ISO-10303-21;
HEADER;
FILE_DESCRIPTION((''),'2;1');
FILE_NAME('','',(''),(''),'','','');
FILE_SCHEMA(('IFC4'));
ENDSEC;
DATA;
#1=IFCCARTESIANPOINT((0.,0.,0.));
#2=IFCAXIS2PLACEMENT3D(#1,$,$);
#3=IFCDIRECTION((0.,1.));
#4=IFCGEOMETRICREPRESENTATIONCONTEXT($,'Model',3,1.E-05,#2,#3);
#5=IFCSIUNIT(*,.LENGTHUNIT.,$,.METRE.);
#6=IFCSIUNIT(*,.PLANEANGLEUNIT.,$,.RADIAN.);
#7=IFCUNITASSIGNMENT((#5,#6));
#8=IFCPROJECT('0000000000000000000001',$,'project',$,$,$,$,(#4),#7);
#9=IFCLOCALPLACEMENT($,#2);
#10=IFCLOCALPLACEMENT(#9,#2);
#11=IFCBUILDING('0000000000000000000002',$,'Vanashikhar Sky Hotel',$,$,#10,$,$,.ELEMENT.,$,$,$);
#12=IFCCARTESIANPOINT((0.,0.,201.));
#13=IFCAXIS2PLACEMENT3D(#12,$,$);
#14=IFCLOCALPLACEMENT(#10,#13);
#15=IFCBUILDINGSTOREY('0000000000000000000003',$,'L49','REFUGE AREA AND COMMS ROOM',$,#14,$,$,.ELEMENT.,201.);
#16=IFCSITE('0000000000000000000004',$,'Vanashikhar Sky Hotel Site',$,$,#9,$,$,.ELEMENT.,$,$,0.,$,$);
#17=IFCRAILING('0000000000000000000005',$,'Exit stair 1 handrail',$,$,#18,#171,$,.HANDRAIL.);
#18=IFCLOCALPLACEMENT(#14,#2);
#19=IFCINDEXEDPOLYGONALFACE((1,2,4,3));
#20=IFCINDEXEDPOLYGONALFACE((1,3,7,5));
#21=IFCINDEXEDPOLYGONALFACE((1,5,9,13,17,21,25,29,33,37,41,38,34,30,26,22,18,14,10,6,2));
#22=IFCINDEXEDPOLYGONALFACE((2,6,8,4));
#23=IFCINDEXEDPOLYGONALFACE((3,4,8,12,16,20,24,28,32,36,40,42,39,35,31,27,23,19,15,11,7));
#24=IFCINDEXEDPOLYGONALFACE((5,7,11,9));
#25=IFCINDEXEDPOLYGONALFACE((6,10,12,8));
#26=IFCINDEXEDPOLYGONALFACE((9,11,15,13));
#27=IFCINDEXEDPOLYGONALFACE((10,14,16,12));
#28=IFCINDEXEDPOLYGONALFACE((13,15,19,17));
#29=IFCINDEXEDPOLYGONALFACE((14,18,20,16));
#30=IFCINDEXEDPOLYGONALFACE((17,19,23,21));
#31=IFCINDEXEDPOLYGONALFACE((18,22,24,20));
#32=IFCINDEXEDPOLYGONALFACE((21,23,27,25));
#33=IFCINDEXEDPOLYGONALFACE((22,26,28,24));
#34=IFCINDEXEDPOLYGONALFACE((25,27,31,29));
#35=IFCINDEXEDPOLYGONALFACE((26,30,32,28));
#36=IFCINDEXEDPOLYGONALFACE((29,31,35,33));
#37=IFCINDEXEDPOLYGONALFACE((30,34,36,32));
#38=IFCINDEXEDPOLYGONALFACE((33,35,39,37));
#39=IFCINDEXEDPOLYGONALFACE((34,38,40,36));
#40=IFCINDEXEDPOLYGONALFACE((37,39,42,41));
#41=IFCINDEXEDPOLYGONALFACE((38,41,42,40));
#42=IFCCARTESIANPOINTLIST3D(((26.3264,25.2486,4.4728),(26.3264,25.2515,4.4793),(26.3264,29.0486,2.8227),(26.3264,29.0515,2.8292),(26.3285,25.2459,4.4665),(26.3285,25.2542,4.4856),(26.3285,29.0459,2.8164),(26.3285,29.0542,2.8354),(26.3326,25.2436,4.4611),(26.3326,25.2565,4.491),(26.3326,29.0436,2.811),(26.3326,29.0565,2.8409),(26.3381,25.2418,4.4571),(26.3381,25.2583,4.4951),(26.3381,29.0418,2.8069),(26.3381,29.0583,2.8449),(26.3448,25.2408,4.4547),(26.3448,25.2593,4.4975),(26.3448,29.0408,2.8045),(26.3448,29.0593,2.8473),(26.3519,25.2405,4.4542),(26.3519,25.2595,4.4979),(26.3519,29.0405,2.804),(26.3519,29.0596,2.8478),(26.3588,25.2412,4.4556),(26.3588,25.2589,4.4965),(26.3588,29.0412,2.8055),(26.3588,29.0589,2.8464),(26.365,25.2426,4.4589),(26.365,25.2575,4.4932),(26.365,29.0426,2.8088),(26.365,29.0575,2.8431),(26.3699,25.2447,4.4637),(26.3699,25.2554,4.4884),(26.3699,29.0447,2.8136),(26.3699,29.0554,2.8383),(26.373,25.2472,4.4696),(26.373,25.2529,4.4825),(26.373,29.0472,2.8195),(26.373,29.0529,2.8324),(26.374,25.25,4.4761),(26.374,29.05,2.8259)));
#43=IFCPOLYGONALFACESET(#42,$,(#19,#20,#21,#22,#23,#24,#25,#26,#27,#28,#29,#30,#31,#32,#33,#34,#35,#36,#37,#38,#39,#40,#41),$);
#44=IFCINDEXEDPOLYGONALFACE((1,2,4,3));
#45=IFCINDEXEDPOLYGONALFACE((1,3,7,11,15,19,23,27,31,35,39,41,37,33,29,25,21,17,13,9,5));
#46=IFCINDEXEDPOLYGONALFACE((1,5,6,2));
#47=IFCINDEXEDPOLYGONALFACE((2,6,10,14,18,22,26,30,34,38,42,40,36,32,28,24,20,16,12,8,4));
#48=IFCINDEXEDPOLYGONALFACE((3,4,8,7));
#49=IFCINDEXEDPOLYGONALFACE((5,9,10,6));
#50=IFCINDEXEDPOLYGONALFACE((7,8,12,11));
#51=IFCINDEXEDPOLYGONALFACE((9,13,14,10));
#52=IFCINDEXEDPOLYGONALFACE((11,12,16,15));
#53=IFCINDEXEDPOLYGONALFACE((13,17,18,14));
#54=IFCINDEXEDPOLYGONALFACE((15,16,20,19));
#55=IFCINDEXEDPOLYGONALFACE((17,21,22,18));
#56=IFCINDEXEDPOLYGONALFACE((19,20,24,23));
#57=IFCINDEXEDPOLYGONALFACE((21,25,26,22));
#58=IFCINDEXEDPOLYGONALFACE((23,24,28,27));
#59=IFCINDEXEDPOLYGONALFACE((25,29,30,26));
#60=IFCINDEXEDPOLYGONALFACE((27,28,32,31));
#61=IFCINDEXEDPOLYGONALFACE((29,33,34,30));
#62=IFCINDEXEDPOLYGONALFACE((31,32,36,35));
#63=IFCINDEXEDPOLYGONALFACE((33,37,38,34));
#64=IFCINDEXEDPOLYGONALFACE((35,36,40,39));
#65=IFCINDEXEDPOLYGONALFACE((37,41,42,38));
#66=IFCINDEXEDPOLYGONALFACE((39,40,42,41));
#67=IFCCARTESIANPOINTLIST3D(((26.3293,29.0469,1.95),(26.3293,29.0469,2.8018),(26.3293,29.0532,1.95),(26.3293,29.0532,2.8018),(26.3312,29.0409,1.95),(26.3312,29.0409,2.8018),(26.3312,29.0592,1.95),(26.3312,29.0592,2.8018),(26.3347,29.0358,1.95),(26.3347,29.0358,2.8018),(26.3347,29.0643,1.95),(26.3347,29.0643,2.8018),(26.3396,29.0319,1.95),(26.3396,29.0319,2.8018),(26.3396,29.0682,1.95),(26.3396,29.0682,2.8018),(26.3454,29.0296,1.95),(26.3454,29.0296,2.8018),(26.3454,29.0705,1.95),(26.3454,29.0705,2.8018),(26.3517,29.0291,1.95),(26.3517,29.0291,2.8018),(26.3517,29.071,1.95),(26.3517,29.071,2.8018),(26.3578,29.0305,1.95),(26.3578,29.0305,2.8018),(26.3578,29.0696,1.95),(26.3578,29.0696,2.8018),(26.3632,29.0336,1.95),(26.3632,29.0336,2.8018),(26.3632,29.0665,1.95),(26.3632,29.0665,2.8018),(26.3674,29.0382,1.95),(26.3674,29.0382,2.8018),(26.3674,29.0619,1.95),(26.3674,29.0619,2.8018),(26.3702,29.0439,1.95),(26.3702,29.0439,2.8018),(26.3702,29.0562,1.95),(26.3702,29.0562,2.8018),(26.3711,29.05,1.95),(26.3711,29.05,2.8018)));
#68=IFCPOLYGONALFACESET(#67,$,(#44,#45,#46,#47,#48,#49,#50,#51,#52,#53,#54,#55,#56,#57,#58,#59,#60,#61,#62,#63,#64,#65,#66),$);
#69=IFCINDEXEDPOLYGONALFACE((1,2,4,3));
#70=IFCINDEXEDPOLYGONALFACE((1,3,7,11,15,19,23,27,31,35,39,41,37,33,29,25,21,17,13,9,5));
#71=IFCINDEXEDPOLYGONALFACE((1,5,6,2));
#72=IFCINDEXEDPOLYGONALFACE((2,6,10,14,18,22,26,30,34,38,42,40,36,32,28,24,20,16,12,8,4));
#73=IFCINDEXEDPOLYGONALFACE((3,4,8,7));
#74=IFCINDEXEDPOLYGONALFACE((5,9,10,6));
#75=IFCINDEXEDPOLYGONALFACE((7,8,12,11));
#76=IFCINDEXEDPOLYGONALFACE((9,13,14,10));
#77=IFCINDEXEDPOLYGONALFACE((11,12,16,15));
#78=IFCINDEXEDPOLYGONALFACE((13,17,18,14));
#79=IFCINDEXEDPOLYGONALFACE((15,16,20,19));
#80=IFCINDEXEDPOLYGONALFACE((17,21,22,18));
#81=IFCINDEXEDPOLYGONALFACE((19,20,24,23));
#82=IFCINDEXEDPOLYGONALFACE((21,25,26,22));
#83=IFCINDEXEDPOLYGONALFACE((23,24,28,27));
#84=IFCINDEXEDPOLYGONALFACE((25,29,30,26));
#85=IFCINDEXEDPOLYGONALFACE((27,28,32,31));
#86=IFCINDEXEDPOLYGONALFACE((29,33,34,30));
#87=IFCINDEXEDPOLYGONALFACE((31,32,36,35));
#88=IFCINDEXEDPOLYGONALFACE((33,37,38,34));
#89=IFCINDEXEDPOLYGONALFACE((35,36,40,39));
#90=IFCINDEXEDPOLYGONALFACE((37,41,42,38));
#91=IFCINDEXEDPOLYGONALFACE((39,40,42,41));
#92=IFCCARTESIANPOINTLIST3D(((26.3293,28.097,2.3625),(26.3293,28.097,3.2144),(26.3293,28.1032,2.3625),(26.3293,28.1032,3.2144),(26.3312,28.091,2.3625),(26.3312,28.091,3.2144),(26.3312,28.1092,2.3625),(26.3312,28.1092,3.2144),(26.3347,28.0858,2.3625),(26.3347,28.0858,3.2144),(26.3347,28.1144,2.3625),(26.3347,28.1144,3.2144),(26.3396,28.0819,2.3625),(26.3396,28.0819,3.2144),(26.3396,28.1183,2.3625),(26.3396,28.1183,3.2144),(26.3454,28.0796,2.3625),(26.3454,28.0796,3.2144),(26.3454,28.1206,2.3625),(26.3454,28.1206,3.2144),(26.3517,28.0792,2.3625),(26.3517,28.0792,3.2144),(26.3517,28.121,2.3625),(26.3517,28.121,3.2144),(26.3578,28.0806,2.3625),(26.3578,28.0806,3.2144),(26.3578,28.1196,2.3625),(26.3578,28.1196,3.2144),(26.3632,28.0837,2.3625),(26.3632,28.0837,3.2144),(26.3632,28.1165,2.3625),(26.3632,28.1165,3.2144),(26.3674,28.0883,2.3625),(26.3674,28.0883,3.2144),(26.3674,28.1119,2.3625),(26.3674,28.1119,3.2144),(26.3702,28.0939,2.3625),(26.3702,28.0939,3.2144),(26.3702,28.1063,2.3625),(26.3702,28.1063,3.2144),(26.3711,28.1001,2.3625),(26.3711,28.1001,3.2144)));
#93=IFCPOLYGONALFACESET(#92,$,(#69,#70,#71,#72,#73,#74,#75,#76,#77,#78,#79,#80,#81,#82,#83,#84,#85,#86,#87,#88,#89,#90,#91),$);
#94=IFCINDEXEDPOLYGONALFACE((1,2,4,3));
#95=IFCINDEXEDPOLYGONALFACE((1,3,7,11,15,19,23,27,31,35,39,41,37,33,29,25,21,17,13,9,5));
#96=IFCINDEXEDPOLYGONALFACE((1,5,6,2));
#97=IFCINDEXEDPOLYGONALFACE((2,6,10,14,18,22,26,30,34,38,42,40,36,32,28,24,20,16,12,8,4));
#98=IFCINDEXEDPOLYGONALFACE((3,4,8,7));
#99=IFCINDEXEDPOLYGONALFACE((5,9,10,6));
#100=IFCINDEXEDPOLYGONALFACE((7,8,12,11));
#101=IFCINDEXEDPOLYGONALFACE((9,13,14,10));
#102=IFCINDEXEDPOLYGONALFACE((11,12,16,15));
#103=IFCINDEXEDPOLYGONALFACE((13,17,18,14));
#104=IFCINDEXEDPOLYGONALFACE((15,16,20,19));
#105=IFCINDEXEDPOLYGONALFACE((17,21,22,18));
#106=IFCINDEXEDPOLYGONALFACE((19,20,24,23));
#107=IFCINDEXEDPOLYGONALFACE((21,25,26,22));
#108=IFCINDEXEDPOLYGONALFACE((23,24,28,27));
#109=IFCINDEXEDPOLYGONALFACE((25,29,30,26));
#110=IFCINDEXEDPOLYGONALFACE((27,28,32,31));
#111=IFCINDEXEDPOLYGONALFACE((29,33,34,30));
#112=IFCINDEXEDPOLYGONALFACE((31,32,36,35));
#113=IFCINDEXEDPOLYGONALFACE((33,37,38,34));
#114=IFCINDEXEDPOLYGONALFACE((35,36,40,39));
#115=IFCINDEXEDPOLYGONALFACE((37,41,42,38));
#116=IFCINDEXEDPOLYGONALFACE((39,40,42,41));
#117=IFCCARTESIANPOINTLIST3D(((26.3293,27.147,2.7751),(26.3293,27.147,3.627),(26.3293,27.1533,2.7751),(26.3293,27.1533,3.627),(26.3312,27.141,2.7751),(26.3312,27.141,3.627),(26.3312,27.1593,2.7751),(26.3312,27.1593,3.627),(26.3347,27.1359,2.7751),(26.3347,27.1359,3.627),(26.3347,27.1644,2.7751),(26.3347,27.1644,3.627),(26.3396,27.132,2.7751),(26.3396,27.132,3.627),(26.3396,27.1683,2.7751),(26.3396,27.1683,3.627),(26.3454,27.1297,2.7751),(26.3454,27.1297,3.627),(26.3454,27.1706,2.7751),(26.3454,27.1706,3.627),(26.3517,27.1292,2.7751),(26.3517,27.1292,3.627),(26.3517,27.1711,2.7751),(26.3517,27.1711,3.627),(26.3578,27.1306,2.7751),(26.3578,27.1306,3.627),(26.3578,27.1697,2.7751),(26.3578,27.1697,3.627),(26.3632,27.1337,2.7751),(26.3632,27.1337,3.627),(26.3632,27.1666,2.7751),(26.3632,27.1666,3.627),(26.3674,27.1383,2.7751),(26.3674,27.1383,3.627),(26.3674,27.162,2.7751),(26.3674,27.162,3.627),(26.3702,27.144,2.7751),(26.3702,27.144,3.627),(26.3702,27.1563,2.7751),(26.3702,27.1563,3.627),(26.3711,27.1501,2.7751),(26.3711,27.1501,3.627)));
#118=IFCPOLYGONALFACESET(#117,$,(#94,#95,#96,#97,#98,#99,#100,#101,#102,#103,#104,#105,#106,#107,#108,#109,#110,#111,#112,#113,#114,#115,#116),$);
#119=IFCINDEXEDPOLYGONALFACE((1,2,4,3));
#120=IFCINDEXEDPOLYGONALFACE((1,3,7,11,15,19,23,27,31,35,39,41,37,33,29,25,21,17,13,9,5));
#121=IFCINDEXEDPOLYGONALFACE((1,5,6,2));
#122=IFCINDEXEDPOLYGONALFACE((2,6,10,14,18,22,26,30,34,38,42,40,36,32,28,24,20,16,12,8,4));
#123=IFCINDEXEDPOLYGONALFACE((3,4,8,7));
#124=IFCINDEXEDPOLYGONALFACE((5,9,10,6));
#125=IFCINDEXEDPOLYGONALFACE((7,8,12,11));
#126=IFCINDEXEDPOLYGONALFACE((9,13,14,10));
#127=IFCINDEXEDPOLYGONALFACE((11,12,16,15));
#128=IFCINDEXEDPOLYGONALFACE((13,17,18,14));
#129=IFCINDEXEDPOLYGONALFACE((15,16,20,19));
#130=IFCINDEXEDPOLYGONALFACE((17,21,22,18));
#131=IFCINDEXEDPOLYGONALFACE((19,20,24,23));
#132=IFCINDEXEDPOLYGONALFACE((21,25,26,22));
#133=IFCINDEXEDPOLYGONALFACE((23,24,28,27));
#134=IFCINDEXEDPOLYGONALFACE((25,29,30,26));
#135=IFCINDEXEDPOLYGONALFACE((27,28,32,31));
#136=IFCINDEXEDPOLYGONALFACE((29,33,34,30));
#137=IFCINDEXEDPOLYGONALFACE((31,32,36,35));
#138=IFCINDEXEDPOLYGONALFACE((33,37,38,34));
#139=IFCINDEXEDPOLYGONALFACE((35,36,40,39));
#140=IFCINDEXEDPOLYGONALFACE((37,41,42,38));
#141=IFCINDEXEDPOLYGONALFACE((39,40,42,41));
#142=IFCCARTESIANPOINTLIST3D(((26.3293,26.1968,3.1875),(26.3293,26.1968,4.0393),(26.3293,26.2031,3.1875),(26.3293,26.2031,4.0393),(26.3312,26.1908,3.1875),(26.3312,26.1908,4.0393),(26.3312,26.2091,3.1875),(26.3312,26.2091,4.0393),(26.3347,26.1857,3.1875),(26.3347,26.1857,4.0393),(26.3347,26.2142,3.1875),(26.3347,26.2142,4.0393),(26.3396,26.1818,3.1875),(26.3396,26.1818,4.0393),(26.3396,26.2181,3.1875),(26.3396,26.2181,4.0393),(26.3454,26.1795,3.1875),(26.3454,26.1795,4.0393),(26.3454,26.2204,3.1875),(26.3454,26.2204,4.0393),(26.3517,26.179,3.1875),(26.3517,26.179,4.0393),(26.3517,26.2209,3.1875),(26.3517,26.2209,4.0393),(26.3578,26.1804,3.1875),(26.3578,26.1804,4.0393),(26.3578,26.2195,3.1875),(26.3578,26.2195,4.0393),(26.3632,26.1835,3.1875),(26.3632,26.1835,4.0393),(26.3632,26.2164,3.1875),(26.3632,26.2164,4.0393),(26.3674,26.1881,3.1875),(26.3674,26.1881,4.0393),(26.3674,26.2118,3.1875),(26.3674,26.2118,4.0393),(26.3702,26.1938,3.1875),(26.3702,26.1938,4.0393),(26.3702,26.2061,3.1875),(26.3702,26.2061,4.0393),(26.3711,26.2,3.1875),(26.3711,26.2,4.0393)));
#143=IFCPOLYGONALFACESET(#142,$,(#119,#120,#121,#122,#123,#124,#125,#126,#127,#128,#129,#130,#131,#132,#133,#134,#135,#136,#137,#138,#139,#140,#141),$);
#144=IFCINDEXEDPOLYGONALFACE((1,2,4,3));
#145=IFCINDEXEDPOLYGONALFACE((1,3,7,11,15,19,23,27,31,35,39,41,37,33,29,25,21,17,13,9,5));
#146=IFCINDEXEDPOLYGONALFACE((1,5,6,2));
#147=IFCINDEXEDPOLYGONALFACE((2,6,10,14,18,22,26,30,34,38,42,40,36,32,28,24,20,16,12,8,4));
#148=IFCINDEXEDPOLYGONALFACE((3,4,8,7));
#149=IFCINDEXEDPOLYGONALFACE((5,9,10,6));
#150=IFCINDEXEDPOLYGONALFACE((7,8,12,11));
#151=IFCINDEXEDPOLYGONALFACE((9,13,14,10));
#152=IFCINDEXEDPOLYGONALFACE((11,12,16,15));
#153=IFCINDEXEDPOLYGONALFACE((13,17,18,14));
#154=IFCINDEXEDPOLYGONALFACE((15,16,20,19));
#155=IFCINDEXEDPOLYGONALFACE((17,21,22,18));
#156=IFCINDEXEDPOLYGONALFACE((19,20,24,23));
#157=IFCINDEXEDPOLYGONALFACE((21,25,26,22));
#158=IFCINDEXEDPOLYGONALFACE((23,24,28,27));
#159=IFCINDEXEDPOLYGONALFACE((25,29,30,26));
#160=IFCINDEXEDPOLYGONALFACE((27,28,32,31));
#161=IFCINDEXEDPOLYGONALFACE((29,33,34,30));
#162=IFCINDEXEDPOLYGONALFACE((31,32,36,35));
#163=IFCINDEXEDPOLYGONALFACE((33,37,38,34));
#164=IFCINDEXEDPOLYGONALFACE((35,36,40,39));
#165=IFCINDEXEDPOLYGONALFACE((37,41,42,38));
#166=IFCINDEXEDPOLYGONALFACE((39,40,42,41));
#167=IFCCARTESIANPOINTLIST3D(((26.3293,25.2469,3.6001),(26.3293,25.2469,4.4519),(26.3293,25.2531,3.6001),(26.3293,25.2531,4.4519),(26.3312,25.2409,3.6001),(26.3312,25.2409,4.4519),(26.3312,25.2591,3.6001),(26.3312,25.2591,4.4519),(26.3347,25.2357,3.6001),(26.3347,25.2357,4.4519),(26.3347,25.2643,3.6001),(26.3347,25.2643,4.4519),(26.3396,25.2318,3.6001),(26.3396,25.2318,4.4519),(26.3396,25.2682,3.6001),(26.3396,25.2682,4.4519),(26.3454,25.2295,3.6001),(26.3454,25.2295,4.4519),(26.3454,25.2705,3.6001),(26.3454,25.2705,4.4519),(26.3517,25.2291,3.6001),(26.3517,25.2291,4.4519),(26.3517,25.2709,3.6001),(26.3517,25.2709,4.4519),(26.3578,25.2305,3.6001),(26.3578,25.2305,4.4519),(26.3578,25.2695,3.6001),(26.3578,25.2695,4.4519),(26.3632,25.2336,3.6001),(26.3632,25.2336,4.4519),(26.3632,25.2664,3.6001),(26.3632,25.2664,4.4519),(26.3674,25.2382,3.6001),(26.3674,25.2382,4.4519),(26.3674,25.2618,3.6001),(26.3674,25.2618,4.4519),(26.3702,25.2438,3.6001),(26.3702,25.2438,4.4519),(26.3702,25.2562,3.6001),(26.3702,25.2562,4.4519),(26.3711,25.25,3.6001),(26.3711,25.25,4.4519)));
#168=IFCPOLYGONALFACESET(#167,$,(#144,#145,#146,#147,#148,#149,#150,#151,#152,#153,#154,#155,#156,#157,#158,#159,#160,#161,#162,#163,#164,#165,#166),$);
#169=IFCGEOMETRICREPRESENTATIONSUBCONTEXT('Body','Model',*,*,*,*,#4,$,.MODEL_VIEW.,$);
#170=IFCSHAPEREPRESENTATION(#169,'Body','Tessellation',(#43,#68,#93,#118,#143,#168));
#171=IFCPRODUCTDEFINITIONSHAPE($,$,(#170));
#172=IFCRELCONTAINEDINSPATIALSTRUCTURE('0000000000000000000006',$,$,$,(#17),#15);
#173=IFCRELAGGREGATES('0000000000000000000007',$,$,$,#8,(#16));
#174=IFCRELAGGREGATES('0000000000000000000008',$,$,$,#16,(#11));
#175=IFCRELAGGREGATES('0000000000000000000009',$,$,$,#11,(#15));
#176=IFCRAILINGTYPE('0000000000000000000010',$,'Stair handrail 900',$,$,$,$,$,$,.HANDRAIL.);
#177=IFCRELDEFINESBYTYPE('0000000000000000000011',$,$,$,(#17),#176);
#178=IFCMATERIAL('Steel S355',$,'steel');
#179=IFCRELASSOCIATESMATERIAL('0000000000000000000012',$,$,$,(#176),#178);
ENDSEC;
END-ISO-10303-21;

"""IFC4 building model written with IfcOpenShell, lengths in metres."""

from ifc_helpers import new_model, si_unit, direction, frame, origin, origin_2d, place, context, subcontext, project, spatial, circle, extrude, source, transform, mapped, material, type_object, element, save


model = new_model("IFC4")

# Units and contexts
model_context = context("Model", 3, precision=1e-05, world=origin(), true_north=direction((0.0, 1.0)))
body_context = subcontext(model_context, "Body", "Model", "MODEL_VIEW")
ifc_project = project(units=[si_unit("LENGTHUNIT", "METRE"), si_unit("PLANEANGLEUNIT", "RADIAN")], contexts=[model_context])

# Site, building, storey
site_placement = place(None, origin())
site = spatial("IfcSite", under=ifc_project, at=site_placement, Name="Vanashikhar Sky Hotel Site", CompositionType="ELEMENT", RefElevation=0.0)
building_placement = place(site_placement, origin())
building = spatial("IfcBuilding", under=site, at=building_placement, Name="Vanashikhar Sky Hotel", CompositionType="ELEMENT")
storey_placement = place(building_placement, frame((0.0, 0.0, 201.0)))
storey = spatial("IfcBuildingStorey", under=building, at=storey_placement, Name="L49", Description="REFUGE AREA AND COMMS ROOM", CompositionType="ELEMENT", Elevation=201.0)

# Railing
ifc_material_1 = material(Name="Steel S355", Category="steel")
railing_type_1 = type_object("IfcRailingType", Name="Stair handrail 900", PredefinedType="HANDRAIL", material=ifc_material_1)
shared_shape_1 = source(origin(), body_context, "Body", "SweptSolid", [
    extrude(circle(Radius=0.0239, at=origin_2d()), frame((0.0, 0.0, 0.876), z_axis=(0.0, -0.917251, 0.39831), x_axis=(1.0, 0.0, 0.0)), (0.0, 0.0, 1.0), 4.1428),
    extrude(circle(Radius=0.021, at=origin_2d()), origin(), (0.0, 0.0, 1.0), 0.8518),
    extrude(circle(Radius=0.021, at=origin_2d()), frame((0.0, -0.95, 0.4126)), (0.0, 0.0, 1.0), 0.8518),
    extrude(circle(Radius=0.021, at=origin_2d()), frame((0.0, -1.8999, 0.8252)), (0.0, 0.0, 1.0), 0.8518),
    extrude(circle(Radius=0.021, at=origin_2d()), frame((0.0, -2.8501, 1.2375)), (0.0, 0.0, 1.0), 0.8518),
    extrude(circle(Radius=0.021, at=origin_2d()), frame((0.0, -3.8, 1.6501)), (0.0, 0.0, 1.0), 0.8518),
])
for number, where, name in (
    (1, (26.3501, 29.05, 1.95), "Exit stair 1 handrail"),
):
    element("IfcRailing", number, at=place(storey_placement, frame(where)), inside=storey, type_object=railing_type_1, Name=name, PredefinedType="HANDRAIL", context=body_context, shape_type="MappedRepresentation", body=[
        mapped(shared_shape_1, transform((0.0, 0.0, 0.0), scale=1.0)),
    ])

save(model, "model.ifc")
